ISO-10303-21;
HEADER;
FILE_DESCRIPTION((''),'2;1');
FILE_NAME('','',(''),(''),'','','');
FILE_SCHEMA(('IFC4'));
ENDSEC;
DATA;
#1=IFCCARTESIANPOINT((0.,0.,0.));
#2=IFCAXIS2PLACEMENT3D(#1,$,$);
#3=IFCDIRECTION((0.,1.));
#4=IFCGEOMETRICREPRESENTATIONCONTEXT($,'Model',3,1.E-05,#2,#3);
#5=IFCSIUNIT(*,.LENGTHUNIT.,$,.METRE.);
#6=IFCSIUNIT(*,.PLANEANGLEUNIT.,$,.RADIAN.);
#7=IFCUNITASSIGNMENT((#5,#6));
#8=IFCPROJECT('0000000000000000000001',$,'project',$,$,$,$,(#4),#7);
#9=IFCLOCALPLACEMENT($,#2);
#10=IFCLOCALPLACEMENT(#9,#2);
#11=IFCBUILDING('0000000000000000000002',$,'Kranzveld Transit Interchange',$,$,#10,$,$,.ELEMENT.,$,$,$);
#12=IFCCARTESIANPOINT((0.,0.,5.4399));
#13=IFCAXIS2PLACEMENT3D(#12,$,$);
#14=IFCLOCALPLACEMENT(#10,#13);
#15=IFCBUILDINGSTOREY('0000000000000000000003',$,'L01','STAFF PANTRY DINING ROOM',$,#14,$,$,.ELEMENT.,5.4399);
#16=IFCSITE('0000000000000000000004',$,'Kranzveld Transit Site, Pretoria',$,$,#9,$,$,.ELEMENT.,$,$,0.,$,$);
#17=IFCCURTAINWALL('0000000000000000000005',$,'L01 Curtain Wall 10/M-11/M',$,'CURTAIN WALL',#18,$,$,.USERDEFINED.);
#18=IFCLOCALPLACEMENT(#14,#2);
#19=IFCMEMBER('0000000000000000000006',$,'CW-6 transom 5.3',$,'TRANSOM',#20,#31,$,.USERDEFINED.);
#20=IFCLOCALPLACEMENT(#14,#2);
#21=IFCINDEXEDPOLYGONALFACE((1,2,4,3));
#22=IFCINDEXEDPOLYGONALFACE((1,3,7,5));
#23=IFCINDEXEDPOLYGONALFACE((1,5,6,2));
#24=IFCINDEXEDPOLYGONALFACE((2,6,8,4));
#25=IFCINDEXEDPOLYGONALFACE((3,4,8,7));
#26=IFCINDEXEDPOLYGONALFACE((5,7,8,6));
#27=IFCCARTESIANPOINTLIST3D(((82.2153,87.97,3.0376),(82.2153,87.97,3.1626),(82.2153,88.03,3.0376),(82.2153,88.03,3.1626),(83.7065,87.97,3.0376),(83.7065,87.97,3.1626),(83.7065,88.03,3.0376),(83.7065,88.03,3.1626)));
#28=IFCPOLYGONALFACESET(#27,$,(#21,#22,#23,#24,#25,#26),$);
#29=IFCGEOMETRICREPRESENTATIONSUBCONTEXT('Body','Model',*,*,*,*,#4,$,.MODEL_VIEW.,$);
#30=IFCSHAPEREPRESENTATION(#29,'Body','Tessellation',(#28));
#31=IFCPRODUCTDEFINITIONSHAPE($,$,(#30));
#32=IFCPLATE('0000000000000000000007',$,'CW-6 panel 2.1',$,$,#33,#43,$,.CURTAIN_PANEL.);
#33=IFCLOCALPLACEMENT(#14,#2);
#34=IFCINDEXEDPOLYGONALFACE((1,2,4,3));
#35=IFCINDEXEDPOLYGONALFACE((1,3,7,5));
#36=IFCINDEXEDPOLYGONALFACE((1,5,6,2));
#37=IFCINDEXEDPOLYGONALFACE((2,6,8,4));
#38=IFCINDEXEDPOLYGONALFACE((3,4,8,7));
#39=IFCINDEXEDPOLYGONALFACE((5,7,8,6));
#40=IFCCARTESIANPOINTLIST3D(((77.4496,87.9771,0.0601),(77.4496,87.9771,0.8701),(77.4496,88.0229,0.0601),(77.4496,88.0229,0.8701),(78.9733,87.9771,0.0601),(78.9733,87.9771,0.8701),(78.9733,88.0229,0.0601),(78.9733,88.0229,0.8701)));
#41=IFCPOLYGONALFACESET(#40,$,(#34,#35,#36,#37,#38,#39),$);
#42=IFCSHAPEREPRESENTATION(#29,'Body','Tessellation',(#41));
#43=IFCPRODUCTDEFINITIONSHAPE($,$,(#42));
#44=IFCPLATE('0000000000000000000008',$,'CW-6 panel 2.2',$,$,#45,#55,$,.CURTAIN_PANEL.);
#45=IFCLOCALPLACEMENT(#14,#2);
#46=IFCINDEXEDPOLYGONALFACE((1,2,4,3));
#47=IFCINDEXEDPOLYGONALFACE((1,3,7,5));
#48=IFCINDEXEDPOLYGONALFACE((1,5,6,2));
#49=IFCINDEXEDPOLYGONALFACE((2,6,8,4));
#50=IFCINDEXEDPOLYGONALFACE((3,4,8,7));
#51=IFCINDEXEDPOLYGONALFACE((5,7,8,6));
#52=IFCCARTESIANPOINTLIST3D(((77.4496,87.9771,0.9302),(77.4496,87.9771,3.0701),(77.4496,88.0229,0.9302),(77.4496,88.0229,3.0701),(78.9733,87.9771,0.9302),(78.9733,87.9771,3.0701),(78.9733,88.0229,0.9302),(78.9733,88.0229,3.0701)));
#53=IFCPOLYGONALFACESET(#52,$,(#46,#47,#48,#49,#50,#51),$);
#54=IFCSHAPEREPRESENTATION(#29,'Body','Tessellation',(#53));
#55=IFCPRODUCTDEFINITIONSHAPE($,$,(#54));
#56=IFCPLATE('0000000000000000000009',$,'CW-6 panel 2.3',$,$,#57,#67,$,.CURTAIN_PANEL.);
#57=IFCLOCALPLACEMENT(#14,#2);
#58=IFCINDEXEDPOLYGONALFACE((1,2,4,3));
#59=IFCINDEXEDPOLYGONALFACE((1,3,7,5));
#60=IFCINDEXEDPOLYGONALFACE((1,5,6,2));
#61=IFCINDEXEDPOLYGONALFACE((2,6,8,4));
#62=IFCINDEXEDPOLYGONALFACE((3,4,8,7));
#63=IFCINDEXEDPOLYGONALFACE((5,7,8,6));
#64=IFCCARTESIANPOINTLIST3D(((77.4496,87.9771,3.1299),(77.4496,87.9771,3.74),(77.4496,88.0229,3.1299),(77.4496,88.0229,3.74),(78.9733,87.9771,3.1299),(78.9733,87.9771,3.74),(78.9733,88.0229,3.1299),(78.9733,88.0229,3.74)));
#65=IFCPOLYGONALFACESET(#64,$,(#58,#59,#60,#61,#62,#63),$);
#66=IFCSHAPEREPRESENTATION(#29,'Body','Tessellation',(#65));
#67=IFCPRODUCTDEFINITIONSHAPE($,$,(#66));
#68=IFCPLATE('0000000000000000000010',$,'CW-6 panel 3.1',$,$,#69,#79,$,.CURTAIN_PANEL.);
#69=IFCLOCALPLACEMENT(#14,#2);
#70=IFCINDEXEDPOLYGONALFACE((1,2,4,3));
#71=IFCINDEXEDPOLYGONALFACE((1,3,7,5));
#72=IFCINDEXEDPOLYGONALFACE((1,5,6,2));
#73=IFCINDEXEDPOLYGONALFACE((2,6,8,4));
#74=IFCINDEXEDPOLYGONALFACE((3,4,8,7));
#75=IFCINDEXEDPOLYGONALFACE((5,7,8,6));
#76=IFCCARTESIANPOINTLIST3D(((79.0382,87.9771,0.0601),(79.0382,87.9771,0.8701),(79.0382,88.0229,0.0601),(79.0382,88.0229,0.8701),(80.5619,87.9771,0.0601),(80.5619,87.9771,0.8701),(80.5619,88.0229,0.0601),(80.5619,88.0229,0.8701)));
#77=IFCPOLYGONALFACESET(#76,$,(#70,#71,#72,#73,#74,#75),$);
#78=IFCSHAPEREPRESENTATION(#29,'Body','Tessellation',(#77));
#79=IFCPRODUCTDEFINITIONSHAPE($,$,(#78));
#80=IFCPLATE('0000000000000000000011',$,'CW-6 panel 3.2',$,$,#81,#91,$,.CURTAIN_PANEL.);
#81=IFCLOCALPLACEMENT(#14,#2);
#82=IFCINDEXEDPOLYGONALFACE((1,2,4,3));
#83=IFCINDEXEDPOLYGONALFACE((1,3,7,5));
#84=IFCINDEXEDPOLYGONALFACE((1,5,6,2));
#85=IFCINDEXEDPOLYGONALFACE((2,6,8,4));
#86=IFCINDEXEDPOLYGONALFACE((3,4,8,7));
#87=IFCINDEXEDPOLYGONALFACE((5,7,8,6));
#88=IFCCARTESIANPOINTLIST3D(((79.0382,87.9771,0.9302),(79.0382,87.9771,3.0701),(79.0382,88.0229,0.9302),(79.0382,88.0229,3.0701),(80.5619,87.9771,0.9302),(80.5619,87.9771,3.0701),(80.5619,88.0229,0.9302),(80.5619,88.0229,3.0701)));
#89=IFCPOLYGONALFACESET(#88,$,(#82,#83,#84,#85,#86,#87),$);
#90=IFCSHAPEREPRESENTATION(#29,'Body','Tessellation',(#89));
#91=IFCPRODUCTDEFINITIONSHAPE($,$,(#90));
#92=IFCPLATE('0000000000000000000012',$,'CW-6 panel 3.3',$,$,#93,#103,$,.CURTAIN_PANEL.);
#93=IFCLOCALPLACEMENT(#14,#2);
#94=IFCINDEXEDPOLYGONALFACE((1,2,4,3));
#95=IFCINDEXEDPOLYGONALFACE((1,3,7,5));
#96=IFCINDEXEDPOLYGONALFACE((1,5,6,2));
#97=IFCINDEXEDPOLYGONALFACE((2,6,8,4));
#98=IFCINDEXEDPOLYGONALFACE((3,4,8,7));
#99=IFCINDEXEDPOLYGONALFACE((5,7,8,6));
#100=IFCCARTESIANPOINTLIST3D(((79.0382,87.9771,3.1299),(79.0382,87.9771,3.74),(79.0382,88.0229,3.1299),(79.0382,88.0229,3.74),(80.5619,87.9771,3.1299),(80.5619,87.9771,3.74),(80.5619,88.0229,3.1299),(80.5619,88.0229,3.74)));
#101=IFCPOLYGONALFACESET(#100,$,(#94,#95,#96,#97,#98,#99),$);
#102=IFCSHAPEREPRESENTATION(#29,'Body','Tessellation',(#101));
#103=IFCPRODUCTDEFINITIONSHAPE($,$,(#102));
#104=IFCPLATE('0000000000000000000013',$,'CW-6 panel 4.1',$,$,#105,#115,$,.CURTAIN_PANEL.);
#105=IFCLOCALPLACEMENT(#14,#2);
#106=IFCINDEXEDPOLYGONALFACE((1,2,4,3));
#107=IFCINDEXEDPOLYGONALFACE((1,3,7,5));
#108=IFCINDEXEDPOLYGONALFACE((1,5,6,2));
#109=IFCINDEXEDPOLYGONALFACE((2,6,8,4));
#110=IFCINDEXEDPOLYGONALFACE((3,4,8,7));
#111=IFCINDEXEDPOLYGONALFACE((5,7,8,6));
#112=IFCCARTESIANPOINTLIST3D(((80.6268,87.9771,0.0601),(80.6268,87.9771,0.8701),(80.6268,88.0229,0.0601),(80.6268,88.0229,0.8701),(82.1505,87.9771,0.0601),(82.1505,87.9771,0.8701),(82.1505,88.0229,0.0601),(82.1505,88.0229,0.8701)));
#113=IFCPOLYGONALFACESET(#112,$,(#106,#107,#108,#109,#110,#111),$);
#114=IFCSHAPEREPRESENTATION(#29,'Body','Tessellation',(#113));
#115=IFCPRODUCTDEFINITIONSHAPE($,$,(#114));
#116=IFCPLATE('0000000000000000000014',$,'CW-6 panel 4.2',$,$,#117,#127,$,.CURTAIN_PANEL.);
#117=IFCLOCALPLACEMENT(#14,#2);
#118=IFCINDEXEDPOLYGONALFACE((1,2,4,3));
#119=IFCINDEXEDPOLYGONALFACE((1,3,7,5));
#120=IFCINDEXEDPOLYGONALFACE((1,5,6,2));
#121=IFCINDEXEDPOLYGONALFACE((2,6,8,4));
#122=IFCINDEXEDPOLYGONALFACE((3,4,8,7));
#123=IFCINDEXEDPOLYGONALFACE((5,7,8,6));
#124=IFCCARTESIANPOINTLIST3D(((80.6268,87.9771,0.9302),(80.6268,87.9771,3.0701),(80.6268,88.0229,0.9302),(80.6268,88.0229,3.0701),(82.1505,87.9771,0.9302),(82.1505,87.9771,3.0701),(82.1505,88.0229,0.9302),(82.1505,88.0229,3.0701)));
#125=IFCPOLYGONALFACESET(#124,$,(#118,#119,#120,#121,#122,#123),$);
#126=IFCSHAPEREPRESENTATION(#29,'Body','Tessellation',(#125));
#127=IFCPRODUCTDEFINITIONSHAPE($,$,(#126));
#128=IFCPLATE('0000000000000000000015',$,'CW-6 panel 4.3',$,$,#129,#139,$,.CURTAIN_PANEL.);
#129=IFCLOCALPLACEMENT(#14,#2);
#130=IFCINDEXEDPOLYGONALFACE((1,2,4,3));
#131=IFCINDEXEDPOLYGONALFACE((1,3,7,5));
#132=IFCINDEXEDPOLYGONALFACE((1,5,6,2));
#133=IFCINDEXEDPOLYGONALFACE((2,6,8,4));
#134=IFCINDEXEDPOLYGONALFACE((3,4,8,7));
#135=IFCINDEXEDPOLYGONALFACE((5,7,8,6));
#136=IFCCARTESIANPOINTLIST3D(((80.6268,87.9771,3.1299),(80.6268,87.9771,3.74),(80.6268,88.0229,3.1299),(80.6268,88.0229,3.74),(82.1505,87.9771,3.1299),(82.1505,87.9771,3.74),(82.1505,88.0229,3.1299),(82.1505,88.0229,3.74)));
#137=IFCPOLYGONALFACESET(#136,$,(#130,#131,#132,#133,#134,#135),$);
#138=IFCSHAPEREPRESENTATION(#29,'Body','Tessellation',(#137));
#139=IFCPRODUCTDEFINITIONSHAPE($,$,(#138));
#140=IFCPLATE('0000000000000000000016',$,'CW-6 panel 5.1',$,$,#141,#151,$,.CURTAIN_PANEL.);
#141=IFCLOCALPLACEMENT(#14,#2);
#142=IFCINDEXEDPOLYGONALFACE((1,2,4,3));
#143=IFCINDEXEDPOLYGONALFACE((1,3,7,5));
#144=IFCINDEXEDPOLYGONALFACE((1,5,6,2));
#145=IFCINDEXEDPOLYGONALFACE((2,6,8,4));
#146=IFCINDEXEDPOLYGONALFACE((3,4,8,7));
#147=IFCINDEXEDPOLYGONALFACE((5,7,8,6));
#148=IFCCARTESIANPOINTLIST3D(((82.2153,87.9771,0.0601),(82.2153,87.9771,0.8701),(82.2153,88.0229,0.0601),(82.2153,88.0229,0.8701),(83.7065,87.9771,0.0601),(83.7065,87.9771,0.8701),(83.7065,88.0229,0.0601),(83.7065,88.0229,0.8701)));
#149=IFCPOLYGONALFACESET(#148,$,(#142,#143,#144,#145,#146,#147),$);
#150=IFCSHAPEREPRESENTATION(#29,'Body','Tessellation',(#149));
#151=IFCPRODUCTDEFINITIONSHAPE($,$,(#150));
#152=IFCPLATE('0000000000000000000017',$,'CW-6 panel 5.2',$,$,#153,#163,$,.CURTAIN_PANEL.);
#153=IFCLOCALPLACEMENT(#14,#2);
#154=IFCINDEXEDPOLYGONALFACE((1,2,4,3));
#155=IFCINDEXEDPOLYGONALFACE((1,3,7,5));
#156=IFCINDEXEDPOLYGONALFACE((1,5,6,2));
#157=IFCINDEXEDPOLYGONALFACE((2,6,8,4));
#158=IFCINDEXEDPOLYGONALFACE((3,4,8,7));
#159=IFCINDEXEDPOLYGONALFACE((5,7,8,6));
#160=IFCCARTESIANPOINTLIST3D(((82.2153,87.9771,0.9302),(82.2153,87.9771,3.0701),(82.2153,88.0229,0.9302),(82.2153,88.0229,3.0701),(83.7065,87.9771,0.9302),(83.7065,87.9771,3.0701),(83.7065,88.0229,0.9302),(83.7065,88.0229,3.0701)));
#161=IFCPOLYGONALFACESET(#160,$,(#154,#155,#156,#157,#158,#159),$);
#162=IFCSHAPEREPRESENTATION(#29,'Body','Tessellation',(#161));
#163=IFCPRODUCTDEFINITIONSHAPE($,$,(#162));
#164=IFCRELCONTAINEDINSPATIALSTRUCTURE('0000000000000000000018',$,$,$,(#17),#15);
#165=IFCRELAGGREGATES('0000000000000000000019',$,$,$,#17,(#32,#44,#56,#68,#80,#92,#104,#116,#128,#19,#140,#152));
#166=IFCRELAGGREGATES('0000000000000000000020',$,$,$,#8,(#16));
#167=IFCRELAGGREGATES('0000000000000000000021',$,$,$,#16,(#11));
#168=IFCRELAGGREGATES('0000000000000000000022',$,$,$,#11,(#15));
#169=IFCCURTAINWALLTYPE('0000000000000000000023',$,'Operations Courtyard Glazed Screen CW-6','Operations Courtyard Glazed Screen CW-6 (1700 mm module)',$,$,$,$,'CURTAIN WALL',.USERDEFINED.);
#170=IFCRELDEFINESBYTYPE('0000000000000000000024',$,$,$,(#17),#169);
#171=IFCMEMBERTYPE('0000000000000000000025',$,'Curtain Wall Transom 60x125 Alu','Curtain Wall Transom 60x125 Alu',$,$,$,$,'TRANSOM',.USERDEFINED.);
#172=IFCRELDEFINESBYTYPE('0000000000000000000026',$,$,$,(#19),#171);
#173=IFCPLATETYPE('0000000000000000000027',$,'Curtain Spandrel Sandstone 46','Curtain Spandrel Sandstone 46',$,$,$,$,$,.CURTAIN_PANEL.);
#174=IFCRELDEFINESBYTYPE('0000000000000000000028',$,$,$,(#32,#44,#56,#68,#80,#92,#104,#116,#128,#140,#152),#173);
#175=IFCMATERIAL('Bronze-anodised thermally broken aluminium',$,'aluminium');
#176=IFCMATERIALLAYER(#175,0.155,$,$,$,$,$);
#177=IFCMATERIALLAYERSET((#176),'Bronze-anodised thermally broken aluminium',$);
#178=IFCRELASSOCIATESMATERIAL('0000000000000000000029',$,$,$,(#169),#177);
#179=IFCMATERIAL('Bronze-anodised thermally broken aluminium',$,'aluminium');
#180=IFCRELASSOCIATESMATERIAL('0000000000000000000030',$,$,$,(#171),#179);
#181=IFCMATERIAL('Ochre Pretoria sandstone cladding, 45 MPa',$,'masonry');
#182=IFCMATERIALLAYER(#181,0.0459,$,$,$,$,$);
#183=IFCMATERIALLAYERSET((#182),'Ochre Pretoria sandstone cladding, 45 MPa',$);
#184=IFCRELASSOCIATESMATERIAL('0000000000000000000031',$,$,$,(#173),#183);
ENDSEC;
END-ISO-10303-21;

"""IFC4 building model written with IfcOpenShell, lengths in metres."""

from ifc_helpers import new_model, si_unit, direction, frame, origin, origin_2d, place, context, subcontext, project, spatial, rectangle, extrude, material, layer, layer_set, material_profile, profile_set, type_object, element, aggregate, save


model = new_model("IFC4")

# Units and contexts
model_context = context("Model", 3, precision=1e-05, world=origin(), true_north=direction((0.0, 1.0)))
body_context = subcontext(model_context, "Body", "Model", "MODEL_VIEW")
ifc_project = project(units=[si_unit("LENGTHUNIT", "METRE"), si_unit("PLANEANGLEUNIT", "RADIAN")], contexts=[model_context])

# Site, building, storey
site_placement = place(None, origin())
site = spatial("IfcSite", under=ifc_project, at=site_placement, Name="Kranzveld Transit Site, Pretoria", CompositionType="ELEMENT", RefElevation=0.0)
building_placement = place(site_placement, origin())
building = spatial("IfcBuilding", under=site, at=building_placement, Name="Kranzveld Transit Interchange", CompositionType="ELEMENT")
storey_placement = place(building_placement, frame((0.0, 0.0, 5.4399)))
storey = spatial("IfcBuildingStorey", under=building, at=storey_placement, Name="L01", Description="STAFF PANTRY DINING ROOM", CompositionType="ELEMENT", Elevation=5.4399)

# Curtain wall, member, plates
ifc_material_1 = material(Name="Bronze-anodised thermally broken aluminium", Category="aluminium")
ifc_layer_1 = layer(ifc_material_1, 0.155)
ifc_layer_set_1 = layer_set([ifc_layer_1], Name="Bronze-anodised thermally broken aluminium")
curtain_wall_type = type_object("IfcCurtainWallType", Name="Operations Courtyard Glazed Screen CW-6", Description="Operations Courtyard Glazed Screen CW-6 (1700 mm module)", ElementType="CURTAIN WALL", PredefinedType="USERDEFINED", material=ifc_layer_set_1)
curtain_wall_placement = place(storey_placement, origin())
curtain_wall = element("IfcCurtainWall", 1, at=curtain_wall_placement, inside=storey, type_object=curtain_wall_type, Name="L01 Curtain Wall 10/M-11/M", ObjectType="CURTAIN WALL", PredefinedType="USERDEFINED")
ifc_material_2 = material(Name="Bronze-anodised thermally broken aluminium", Category="aluminium")
ifc_material_profile_1 = material_profile(ifc_material_2, rectangle(XDim=0.0601, YDim=0.125, at=origin_2d()), Name="ALU TRANSOM 60x125")
ifc_profile_set_1 = profile_set([ifc_material_profile_1], Name="Bronze-anodised thermally broken aluminium")
member_type_1 = type_object("IfcMemberType", Name="Curtain Wall Transom 60x125 Alu", Description="Curtain Wall Transom 60x125 Alu", ElementType="TRANSOM", PredefinedType="USERDEFINED", material=ifc_profile_set_1)
member_1_placement = place(storey_placement, frame((82.2153, 88.0, 3.1001), z_axis=(1.0, 0.0, 0.0), x_axis=(0.0, 1.0, 0.0)))
member_1 = element("IfcMember", 2, at=member_1_placement, type_object=member_type_1, Name="CW-6 transom 5.3", ObjectType="TRANSOM", PredefinedType="USERDEFINED", context=body_context, shape_type="SweptSolid", body=[
    extrude(rectangle(XDim=0.0601, YDim=0.125, at=origin_2d()), origin(), (0.0, 0.0, 1.0), 1.4912),
])
ifc_material_3 = material(Name="Ochre Pretoria sandstone cladding, 45 MPa", Category="masonry")
ifc_layer_2 = layer(ifc_material_3, 0.0459)
ifc_layer_set_2 = layer_set([ifc_layer_2], Name="Ochre Pretoria sandstone cladding, 45 MPa")
plate_type = type_object("IfcPlateType", Name="Curtain Spandrel Sandstone 46", Description="Curtain Spandrel Sandstone 46", PredefinedType="CURTAIN_PANEL", material=ifc_layer_set_2)
plate_1_placement = place(storey_placement, frame((78.2114, 88.0, 0.0601), z_axis=(0.0, 0.0, 1.0), x_axis=(1.0, 0.0, 0.0)))
plate_1 = element("IfcPlate", 3, at=plate_1_placement, type_object=plate_type, Name="CW-6 panel 2.1", PredefinedType="CURTAIN_PANEL", context=body_context, shape_type="SweptSolid", body=[
    extrude(rectangle(XDim=1.5237, YDim=0.0459, at=origin_2d()), origin(), (0.0, 0.0, 1.0), 0.8101),
])
plate_2_placement = place(storey_placement, frame((78.2114, 88.0, 0.9302), z_axis=(0.0, 0.0, 1.0), x_axis=(1.0, 0.0, 0.0)))
plate_2 = element("IfcPlate", 4, at=plate_2_placement, type_object=plate_type, Name="CW-6 panel 2.2", PredefinedType="CURTAIN_PANEL", context=body_context, shape_type="SweptSolid", body=[
    extrude(rectangle(XDim=1.5237, YDim=0.0459, at=origin_2d()), origin(), (0.0, 0.0, 1.0), 2.1399),
])
plate_3_placement = place(storey_placement, frame((78.2114, 88.0, 3.1299), z_axis=(0.0, 0.0, 1.0), x_axis=(1.0, 0.0, 0.0)))
plate_3 = element("IfcPlate", 5, at=plate_3_placement, type_object=plate_type, Name="CW-6 panel 2.3", PredefinedType="CURTAIN_PANEL", context=body_context, shape_type="SweptSolid", body=[
    extrude(rectangle(XDim=1.5237, YDim=0.0459, at=origin_2d()), origin(), (0.0, 0.0, 1.0), 0.6101),
])
plate_4_placement = place(storey_placement, frame((79.8, 88.0, 0.0601), z_axis=(0.0, 0.0, 1.0), x_axis=(1.0, 0.0, 0.0)))
plate_4 = element("IfcPlate", 6, at=plate_4_placement, type_object=plate_type, Name="CW-6 panel 3.1", PredefinedType="CURTAIN_PANEL", context=body_context, shape_type="SweptSolid", body=[
    extrude(rectangle(XDim=1.5237, YDim=0.0459, at=origin_2d()), origin(), (0.0, 0.0, 1.0), 0.8101),
])
plate_5_placement = place(storey_placement, frame((79.8, 88.0, 0.9302), z_axis=(0.0, 0.0, 1.0), x_axis=(1.0, 0.0, 0.0)))
plate_5 = element("IfcPlate", 7, at=plate_5_placement, type_object=plate_type, Name="CW-6 panel 3.2", PredefinedType="CURTAIN_PANEL", context=body_context, shape_type="SweptSolid", body=[
    extrude(rectangle(XDim=1.5237, YDim=0.0459, at=origin_2d()), origin(), (0.0, 0.0, 1.0), 2.1399),
])
plate_6_placement = place(storey_placement, frame((79.8, 88.0, 3.1299), z_axis=(0.0, 0.0, 1.0), x_axis=(1.0, 0.0, 0.0)))
plate_6 = element("IfcPlate", 8, at=plate_6_placement, type_object=plate_type, Name="CW-6 panel 3.3", PredefinedType="CURTAIN_PANEL", context=body_context, shape_type="SweptSolid", body=[
    extrude(rectangle(XDim=1.5237, YDim=0.0459, at=origin_2d()), origin(), (0.0, 0.0, 1.0), 0.6101),
])
plate_7_placement = place(storey_placement, frame((81.3887, 88.0, 0.0601), z_axis=(0.0, 0.0, 1.0), x_axis=(1.0, 0.0, 0.0)))
plate_7 = element("IfcPlate", 9, at=plate_7_placement, type_object=plate_type, Name="CW-6 panel 4.1", PredefinedType="CURTAIN_PANEL", context=body_context, shape_type="SweptSolid", body=[
    extrude(rectangle(XDim=1.5237, YDim=0.0459, at=origin_2d()), origin(), (0.0, 0.0, 1.0), 0.8101),
])
plate_8_placement = place(storey_placement, frame((81.3887, 88.0, 0.9302), z_axis=(0.0, 0.0, 1.0), x_axis=(1.0, 0.0, 0.0)))
plate_8 = element("IfcPlate", 10, at=plate_8_placement, type_object=plate_type, Name="CW-6 panel 4.2", PredefinedType="CURTAIN_PANEL", context=body_context, shape_type="SweptSolid", body=[
    extrude(rectangle(XDim=1.5237, YDim=0.0459, at=origin_2d()), origin(), (0.0, 0.0, 1.0), 2.1399),
])
plate_9_placement = place(storey_placement, frame((81.3887, 88.0, 3.1299), z_axis=(0.0, 0.0, 1.0), x_axis=(1.0, 0.0, 0.0)))
plate_9 = element("IfcPlate", 11, at=plate_9_placement, type_object=plate_type, Name="CW-6 panel 4.3", PredefinedType="CURTAIN_PANEL", context=body_context, shape_type="SweptSolid", body=[
    extrude(rectangle(XDim=1.5237, YDim=0.0459, at=origin_2d()), origin(), (0.0, 0.0, 1.0), 0.6101),
])
plate_10_placement = place(storey_placement, frame((82.9609, 88.0, 0.0601), z_axis=(0.0, 0.0, 1.0), x_axis=(1.0, 0.0, 0.0)))
plate_10 = element("IfcPlate", 12, at=plate_10_placement, type_object=plate_type, Name="CW-6 panel 5.1", PredefinedType="CURTAIN_PANEL", context=body_context, shape_type="SweptSolid", body=[
    extrude(rectangle(XDim=1.4912, YDim=0.0459, at=origin_2d()), origin(), (0.0, 0.0, 1.0), 0.8101),
])
plate_11_placement = place(storey_placement, frame((82.9609, 88.0, 0.9302), z_axis=(0.0, 0.0, 1.0), x_axis=(1.0, 0.0, 0.0)))
plate_11 = element("IfcPlate", 13, at=plate_11_placement, type_object=plate_type, Name="CW-6 panel 5.2", PredefinedType="CURTAIN_PANEL", context=body_context, shape_type="SweptSolid", body=[
    extrude(rectangle(XDim=1.4912, YDim=0.0459, at=origin_2d()), origin(), (0.0, 0.0, 1.0), 2.1399),
])
aggregate(curtain_wall, [plate_1, plate_2, plate_3, plate_4, plate_5, plate_6, plate_7, plate_8, plate_9, member_1, plate_10, plate_11])

save(model, "model.ifc")
